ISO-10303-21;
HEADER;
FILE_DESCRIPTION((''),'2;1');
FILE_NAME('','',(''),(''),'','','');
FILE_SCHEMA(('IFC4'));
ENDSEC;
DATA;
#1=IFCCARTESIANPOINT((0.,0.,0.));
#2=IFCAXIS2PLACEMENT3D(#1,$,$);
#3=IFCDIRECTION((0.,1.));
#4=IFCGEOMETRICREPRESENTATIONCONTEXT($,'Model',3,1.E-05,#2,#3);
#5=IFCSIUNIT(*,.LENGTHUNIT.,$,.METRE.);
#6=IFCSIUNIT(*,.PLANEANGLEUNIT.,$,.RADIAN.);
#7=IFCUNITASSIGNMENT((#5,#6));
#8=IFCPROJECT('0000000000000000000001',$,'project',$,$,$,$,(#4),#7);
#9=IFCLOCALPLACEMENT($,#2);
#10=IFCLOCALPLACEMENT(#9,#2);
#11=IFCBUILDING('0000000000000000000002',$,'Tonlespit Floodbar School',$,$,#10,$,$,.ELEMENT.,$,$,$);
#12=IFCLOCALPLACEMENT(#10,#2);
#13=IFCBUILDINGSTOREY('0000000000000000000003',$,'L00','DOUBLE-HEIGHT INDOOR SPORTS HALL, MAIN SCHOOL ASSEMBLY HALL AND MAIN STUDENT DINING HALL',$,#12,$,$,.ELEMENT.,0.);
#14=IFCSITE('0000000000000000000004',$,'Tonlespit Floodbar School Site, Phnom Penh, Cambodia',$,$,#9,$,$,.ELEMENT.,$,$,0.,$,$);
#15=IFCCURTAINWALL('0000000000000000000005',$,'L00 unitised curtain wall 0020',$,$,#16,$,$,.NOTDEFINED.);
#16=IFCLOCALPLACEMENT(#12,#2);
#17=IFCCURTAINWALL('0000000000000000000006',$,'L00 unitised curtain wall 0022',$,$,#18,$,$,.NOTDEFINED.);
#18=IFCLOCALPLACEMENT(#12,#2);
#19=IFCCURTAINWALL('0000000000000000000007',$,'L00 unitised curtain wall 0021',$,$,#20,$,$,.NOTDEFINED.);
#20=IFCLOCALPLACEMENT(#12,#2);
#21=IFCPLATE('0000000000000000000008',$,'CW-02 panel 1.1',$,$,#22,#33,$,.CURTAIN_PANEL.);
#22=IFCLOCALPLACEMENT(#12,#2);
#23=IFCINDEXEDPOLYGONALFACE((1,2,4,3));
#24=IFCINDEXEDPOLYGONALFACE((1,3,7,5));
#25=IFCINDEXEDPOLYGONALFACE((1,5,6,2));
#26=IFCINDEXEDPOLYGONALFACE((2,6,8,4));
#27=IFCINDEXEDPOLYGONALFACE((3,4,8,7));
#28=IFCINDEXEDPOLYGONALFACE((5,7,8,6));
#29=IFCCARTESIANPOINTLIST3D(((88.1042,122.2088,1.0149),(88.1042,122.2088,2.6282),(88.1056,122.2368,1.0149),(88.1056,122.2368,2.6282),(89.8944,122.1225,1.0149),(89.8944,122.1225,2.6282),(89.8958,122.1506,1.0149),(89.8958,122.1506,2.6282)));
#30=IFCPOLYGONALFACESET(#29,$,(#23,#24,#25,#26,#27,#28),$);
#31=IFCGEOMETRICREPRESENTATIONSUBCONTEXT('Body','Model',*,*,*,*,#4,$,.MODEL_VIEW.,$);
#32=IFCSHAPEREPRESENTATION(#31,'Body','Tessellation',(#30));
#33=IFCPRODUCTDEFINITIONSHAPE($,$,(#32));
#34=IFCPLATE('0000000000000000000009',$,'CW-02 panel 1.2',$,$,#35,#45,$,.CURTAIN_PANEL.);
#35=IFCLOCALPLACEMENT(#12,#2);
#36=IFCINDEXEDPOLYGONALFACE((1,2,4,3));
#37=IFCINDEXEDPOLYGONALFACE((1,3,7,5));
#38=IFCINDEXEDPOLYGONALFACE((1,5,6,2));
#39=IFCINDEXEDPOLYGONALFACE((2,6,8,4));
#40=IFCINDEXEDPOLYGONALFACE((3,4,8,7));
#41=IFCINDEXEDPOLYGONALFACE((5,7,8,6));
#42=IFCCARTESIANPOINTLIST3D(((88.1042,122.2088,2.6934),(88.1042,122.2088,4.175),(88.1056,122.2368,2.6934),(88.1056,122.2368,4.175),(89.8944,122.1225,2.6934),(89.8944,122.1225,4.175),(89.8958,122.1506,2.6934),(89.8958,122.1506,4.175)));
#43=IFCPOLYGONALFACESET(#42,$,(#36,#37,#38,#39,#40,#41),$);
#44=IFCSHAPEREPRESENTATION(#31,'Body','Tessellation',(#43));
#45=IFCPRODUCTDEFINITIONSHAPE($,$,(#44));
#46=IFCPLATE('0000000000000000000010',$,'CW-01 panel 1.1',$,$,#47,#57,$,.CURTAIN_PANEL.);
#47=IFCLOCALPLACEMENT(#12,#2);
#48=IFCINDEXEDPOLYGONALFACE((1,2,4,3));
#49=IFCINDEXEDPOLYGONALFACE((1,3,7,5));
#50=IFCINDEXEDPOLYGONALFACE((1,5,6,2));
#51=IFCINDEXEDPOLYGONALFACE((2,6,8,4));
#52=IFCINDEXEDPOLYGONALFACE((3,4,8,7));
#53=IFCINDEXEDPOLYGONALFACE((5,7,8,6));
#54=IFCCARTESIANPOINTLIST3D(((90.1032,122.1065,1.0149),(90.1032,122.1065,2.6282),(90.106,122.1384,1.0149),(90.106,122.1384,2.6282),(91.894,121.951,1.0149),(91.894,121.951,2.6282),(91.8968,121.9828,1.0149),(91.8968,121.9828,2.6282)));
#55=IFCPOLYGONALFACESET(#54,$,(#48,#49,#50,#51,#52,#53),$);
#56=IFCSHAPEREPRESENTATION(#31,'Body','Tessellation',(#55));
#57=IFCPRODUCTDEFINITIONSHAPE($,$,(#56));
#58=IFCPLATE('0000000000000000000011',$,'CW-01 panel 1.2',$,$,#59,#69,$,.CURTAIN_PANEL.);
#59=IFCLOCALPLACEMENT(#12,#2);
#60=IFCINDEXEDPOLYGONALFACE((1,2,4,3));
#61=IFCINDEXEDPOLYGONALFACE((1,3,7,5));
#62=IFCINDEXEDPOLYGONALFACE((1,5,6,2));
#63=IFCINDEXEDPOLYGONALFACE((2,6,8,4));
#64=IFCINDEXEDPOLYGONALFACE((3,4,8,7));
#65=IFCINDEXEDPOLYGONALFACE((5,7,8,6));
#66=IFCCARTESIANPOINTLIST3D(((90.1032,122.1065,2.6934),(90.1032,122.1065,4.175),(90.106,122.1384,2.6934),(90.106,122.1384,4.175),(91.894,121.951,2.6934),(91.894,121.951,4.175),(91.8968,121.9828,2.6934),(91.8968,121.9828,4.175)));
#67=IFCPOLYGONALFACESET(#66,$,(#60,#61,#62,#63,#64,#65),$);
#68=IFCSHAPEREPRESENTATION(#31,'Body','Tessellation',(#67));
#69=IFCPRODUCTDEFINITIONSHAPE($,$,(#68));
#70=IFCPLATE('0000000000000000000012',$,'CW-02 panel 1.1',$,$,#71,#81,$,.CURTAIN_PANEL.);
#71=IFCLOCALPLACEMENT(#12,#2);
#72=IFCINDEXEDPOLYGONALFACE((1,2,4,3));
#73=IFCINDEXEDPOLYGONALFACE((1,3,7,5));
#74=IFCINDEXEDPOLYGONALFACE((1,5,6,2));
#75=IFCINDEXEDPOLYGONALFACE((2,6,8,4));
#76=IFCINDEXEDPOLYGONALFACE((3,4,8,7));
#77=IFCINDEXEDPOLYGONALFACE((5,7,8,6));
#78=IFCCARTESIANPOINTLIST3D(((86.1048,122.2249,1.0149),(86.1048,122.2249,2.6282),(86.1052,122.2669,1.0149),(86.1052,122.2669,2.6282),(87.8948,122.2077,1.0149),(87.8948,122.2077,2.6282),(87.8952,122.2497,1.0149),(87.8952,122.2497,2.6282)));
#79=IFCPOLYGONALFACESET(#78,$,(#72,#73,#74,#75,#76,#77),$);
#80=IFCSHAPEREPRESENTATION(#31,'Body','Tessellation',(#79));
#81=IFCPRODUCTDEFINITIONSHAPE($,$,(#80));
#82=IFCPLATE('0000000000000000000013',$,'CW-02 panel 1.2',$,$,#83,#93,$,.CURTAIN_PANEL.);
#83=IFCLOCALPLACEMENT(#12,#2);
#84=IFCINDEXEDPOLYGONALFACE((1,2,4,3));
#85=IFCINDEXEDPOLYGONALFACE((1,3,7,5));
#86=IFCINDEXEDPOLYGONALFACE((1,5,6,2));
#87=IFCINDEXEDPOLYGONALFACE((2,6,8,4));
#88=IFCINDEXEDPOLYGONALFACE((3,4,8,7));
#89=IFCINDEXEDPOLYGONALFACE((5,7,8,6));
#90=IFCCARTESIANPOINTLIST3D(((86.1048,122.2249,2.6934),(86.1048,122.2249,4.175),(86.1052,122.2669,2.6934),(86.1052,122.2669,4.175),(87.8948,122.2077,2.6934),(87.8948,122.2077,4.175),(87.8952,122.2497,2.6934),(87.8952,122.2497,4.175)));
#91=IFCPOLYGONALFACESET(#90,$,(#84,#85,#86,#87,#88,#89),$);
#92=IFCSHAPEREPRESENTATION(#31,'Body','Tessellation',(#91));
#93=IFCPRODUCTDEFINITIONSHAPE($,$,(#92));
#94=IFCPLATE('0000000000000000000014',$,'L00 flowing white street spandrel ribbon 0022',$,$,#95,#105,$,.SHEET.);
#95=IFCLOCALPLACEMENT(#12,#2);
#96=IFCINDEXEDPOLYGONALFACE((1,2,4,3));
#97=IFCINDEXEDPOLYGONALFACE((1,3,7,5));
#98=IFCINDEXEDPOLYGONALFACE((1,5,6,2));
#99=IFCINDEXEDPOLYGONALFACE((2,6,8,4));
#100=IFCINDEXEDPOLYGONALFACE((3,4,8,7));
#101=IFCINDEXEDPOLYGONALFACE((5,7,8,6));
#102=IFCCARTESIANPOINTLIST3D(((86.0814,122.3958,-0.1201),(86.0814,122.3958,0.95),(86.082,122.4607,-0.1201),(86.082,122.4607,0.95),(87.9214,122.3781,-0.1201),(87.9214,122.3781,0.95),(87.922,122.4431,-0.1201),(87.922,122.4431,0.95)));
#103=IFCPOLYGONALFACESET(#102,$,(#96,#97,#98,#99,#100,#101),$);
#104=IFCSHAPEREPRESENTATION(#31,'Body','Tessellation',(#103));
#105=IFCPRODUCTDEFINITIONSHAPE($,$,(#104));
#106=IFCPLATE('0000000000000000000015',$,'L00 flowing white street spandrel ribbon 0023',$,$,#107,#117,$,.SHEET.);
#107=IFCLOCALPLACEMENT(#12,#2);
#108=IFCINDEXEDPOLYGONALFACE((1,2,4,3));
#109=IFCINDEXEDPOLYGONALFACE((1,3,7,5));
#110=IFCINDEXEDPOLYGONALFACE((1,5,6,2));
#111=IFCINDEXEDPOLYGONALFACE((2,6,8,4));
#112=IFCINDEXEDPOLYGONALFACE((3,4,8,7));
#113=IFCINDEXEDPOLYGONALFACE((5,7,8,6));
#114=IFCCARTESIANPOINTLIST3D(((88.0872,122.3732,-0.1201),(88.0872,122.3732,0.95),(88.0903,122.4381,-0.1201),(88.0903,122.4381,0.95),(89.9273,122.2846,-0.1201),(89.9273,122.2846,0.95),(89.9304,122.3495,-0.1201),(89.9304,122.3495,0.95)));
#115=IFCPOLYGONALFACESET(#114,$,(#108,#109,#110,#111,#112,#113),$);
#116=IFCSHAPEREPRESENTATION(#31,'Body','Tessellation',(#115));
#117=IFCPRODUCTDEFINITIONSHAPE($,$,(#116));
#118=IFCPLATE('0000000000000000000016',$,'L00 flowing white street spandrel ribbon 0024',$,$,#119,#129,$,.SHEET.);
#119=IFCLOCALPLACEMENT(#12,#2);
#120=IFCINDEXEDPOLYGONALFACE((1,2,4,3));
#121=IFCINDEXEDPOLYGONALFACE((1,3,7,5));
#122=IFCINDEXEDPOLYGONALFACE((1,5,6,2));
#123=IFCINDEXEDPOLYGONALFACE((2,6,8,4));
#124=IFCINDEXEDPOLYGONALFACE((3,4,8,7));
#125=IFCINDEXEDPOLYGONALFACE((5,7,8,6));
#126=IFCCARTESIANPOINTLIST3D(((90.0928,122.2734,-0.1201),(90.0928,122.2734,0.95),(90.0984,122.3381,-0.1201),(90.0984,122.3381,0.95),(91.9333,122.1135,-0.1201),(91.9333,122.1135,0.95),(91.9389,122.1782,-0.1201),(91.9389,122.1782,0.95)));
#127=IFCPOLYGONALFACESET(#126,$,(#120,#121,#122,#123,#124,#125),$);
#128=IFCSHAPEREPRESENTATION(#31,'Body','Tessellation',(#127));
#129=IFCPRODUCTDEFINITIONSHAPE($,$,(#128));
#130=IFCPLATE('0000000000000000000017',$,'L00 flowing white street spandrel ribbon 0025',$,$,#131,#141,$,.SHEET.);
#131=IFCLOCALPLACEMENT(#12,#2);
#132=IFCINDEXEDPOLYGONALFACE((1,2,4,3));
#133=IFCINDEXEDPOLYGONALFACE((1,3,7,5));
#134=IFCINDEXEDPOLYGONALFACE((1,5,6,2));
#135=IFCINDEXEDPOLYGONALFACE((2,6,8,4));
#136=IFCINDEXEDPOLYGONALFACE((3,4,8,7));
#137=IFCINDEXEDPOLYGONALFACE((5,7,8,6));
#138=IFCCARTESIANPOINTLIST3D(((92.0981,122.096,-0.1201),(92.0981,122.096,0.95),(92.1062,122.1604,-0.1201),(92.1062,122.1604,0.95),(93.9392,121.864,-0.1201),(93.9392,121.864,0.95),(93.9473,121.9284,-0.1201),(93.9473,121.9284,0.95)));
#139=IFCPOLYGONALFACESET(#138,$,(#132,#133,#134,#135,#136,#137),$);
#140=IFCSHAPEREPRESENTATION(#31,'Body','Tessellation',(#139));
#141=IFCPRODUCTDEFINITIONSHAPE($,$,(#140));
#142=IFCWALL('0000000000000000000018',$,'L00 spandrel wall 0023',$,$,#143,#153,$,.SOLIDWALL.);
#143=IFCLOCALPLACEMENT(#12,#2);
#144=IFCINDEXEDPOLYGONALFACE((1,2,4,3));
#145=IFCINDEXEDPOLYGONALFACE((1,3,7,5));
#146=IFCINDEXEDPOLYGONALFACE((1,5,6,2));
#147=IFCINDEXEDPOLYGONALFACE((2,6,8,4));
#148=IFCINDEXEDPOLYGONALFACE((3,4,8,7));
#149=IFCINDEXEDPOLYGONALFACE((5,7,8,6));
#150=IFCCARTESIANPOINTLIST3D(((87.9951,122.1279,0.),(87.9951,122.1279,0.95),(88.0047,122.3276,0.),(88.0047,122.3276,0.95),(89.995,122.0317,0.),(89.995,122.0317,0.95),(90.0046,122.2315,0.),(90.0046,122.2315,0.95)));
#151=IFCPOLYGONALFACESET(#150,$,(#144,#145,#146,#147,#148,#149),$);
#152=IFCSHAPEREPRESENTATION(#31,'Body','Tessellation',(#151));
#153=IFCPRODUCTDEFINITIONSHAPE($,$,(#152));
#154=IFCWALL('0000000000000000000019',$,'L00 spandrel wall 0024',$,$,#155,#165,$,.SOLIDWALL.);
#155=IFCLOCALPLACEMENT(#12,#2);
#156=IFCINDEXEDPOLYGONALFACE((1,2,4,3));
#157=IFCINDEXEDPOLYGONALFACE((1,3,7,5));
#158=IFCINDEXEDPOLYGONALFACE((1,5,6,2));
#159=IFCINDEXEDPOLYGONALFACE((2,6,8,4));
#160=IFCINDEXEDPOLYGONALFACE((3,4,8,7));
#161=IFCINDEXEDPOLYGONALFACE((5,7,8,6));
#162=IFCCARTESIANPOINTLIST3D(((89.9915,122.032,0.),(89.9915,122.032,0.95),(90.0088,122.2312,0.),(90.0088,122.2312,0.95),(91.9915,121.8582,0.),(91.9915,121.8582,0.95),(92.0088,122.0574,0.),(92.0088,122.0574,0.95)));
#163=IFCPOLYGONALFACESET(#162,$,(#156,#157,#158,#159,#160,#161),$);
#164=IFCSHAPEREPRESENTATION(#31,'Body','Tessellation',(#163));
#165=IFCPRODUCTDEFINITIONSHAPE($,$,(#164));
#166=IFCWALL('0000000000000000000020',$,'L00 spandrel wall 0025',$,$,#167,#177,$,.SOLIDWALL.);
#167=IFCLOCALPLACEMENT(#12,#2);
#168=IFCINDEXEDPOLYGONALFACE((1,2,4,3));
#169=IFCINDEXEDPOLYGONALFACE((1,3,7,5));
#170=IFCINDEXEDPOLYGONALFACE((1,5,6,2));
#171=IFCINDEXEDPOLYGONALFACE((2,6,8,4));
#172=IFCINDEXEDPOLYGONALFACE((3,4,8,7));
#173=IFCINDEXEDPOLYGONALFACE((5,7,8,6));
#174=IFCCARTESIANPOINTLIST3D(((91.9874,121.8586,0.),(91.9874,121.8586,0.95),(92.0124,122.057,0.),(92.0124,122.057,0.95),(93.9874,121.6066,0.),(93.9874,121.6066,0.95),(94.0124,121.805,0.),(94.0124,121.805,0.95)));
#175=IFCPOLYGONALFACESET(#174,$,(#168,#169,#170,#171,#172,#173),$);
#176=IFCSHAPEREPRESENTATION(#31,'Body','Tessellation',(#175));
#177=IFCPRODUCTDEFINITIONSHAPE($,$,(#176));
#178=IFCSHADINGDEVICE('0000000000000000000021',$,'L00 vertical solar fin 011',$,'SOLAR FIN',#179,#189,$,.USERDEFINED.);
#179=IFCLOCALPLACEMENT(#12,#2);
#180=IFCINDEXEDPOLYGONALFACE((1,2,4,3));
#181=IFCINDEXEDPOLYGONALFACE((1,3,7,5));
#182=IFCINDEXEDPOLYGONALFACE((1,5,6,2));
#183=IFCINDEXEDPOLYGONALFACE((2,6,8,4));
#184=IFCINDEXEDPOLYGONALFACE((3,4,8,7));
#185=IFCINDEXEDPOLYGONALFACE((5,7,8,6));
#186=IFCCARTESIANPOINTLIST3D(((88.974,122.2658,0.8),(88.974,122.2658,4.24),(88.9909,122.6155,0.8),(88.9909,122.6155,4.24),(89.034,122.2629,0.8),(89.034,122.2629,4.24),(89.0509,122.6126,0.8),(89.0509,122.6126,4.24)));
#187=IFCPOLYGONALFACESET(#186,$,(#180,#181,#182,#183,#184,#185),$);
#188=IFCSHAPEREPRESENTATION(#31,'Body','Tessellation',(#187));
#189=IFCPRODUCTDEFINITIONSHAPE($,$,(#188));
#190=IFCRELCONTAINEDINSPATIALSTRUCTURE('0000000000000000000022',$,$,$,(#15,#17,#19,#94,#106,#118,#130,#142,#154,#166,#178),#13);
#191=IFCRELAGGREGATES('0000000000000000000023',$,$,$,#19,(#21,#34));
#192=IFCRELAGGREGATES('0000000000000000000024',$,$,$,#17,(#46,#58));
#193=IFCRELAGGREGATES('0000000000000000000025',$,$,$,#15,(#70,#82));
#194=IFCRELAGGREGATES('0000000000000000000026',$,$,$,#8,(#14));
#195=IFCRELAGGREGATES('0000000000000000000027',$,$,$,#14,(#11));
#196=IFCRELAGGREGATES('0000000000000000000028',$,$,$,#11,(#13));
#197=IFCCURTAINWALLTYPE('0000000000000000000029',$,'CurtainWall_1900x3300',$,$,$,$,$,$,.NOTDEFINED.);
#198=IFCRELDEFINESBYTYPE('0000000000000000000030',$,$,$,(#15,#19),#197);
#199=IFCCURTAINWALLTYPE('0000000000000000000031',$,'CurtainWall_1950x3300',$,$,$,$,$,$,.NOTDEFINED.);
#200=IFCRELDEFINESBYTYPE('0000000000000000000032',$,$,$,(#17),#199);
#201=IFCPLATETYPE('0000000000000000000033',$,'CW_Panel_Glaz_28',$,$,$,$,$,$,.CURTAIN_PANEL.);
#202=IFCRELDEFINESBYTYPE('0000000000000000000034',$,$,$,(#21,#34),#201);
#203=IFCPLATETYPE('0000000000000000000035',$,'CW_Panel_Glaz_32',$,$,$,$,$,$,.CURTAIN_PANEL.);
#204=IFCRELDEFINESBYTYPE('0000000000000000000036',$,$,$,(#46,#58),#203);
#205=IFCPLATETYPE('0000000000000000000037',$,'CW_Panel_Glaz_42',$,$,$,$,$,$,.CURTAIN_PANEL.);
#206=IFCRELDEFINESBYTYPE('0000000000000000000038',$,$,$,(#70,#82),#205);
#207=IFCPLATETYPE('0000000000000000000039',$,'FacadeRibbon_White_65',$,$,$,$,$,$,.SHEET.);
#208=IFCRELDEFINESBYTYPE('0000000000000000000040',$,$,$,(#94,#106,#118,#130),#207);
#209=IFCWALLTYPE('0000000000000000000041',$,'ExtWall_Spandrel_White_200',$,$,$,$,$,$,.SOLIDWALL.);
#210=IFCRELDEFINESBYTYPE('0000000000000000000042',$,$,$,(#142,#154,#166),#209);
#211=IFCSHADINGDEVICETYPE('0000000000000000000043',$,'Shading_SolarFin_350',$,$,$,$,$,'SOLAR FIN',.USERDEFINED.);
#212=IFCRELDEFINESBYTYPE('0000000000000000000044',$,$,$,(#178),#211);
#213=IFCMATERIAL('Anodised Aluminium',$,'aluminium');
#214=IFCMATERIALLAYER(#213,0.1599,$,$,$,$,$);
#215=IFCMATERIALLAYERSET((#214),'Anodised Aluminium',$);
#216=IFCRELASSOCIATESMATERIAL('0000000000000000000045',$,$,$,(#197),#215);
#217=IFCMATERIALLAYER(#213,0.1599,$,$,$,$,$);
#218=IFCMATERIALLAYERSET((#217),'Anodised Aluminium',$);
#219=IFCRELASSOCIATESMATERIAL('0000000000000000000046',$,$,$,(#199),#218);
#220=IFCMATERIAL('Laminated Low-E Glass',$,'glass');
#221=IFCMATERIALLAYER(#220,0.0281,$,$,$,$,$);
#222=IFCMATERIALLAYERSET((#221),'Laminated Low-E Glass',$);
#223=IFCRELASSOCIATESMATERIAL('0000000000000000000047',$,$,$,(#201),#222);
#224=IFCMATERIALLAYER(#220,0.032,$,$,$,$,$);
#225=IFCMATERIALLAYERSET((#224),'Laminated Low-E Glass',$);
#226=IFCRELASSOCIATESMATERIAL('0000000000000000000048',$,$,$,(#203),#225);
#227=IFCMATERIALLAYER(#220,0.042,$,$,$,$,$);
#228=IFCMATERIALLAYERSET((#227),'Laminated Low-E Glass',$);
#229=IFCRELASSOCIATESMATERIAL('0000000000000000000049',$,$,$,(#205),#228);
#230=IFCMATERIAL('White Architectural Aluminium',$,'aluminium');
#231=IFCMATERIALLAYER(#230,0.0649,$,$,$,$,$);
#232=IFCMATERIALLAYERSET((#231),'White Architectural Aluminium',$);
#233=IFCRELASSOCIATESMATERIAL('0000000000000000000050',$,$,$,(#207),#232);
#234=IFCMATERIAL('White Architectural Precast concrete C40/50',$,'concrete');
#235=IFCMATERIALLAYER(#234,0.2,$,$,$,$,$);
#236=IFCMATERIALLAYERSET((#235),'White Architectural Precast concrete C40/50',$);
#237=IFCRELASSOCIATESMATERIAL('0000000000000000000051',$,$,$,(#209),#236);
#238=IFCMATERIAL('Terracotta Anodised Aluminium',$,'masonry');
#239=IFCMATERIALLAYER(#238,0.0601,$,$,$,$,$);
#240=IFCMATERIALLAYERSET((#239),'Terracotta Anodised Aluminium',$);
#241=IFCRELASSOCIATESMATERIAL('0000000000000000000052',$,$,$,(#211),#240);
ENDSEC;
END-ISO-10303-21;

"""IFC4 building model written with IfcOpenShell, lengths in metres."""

from ifc_helpers import new_model, si_unit, direction, frame, frame_2d, origin, origin_2d, place, context, subcontext, project, spatial, rectangle, extrude, material, layer, layer_set, type_object, element, aggregate, save


model = new_model("IFC4")

# Units and contexts
model_context = context("Model", 3, precision=1e-05, world=origin(), true_north=direction((0.0, 1.0)))
body_context = subcontext(model_context, "Body", "Model", "MODEL_VIEW")
ifc_project = project(units=[si_unit("LENGTHUNIT", "METRE"), si_unit("PLANEANGLEUNIT", "RADIAN")], contexts=[model_context])

# Site, building, storey
site_placement = place(None, origin())
site = spatial("IfcSite", under=ifc_project, at=site_placement, Name="Tonlespit Floodbar School Site, Phnom Penh, Cambodia", CompositionType="ELEMENT", RefElevation=0.0)
building_placement = place(site_placement, origin())
building = spatial("IfcBuilding", under=site, at=building_placement, Name="Tonlespit Floodbar School", CompositionType="ELEMENT")
storey_placement = place(building_placement, origin())
storey = spatial("IfcBuildingStorey", under=building, at=storey_placement, Name="L00", Description="DOUBLE-HEIGHT INDOOR SPORTS HALL, MAIN SCHOOL ASSEMBLY HALL AND MAIN STUDENT DINING HALL", CompositionType="ELEMENT", Elevation=0.0)

# Curtain wall
ifc_material_1 = material(Name="Anodised Aluminium", Category="aluminium")
ifc_layer_1 = layer(ifc_material_1, 0.1599)
ifc_layer_set_1 = layer_set([ifc_layer_1], Name="Anodised Aluminium")
curtain_wall_type_1 = type_object("IfcCurtainWallType", Name="CurtainWall_1900x3300", PredefinedType="NOTDEFINED", material=ifc_layer_set_1)
curtain_wall_1_placement = place(storey_placement, origin())
curtain_wall_1 = element("IfcCurtainWall", 1, at=curtain_wall_1_placement, inside=storey, type_object=curtain_wall_type_1, Name="L00 unitised curtain wall 0020", PredefinedType="NOTDEFINED")

# Curtain walls
ifc_layer_2 = layer(ifc_material_1, 0.1599)
ifc_layer_set_2 = layer_set([ifc_layer_2], Name="Anodised Aluminium")
curtain_wall_type_2 = type_object("IfcCurtainWallType", Name="CurtainWall_1950x3300", PredefinedType="NOTDEFINED", material=ifc_layer_set_2)
curtain_wall_2_placement = place(storey_placement, origin())
curtain_wall_2 = element("IfcCurtainWall", 2, at=curtain_wall_2_placement, inside=storey, type_object=curtain_wall_type_2, Name="L00 unitised curtain wall 0022", PredefinedType="NOTDEFINED")
curtain_wall_3_placement = place(storey_placement, origin())
curtain_wall_3 = element("IfcCurtainWall", 3, at=curtain_wall_3_placement, inside=storey, type_object=curtain_wall_type_1, Name="L00 unitised curtain wall 0021", PredefinedType="NOTDEFINED")

# Plates
ifc_material_2 = material(Name="Laminated Low-E Glass", Category="glass")
ifc_layer_3 = layer(ifc_material_2, 0.0281)
ifc_layer_set_3 = layer_set([ifc_layer_3], Name="Laminated Low-E Glass")
plate_type_1 = type_object("IfcPlateType", Name="CW_Panel_Glaz_28", PredefinedType="CURTAIN_PANEL", material=ifc_layer_set_3)
plate_1_placement = place(storey_placement, frame((89.0, 122.1797, 1.0149), z_axis=(0.0, 0.0, 1.0), x_axis=(0.998842, -0.048121, 0.0)))
plate_1 = element("IfcPlate", 4, at=plate_1_placement, type_object=plate_type_1, Name="CW-02 panel 1.1", PredefinedType="CURTAIN_PANEL", context=body_context, shape_type="SweptSolid", body=[
    extrude(rectangle(XDim=1.7922, YDim=0.0281, at=origin_2d()), origin(), (0.0, 0.0, 1.0), 1.6133),
])
plate_2_placement = place(storey_placement, frame((89.0, 122.1797, 2.6934), z_axis=(0.0, 0.0, 1.0), x_axis=(0.998842, -0.048121, 0.0)))
plate_2 = element("IfcPlate", 5, at=plate_2_placement, type_object=plate_type_1, Name="CW-02 panel 1.2", PredefinedType="CURTAIN_PANEL", context=body_context, shape_type="SweptSolid", body=[
    extrude(rectangle(XDim=1.7922, YDim=0.0281, at=origin_2d()), origin(), (0.0, 0.0, 1.0), 1.4817),
])
aggregate(curtain_wall_3, [plate_1, plate_2])
ifc_layer_4 = layer(ifc_material_2, 0.032)
ifc_layer_set_4 = layer_set([ifc_layer_4], Name="Laminated Low-E Glass")
plate_type_2 = type_object("IfcPlateType", Name="CW_Panel_Glaz_32", PredefinedType="CURTAIN_PANEL", material=ifc_layer_set_4)
plate_3_placement = place(storey_placement, frame((91.0, 122.0447, 1.0149), z_axis=(0.0, 0.0, 1.0), x_axis=(0.996249, -0.086531, 0.0)))
plate_3 = element("IfcPlate", 6, at=plate_3_placement, type_object=plate_type_2, Name="CW-01 panel 1.1", PredefinedType="CURTAIN_PANEL", context=body_context, shape_type="SweptSolid", body=[
    extrude(rectangle(XDim=1.7976, YDim=0.032, at=origin_2d()), origin(), (0.0, 0.0, 1.0), 1.6133),
])
plate_4_placement = place(storey_placement, frame((91.0, 122.0447, 2.6934), z_axis=(0.0, 0.0, 1.0), x_axis=(0.996249, -0.086531, 0.0)))
plate_4 = element("IfcPlate", 7, at=plate_4_placement, type_object=plate_type_2, Name="CW-01 panel 1.2", PredefinedType="CURTAIN_PANEL", context=body_context, shape_type="SweptSolid", body=[
    extrude(rectangle(XDim=1.7976, YDim=0.032, at=origin_2d()), origin(), (0.0, 0.0, 1.0), 1.4817),
])
aggregate(curtain_wall_2, [plate_3, plate_4])
ifc_layer_5 = layer(ifc_material_2, 0.042)
ifc_layer_set_5 = layer_set([ifc_layer_5], Name="Laminated Low-E Glass")
plate_type_3 = type_object("IfcPlateType", Name="CW_Panel_Glaz_42", PredefinedType="CURTAIN_PANEL", material=ifc_layer_set_5)
plate_5_placement = place(storey_placement, frame((87.0, 122.2373, 1.0149), z_axis=(0.0, 0.0, 1.0), x_axis=(0.999954, -0.009583, 0.0)))
plate_5 = element("IfcPlate", 8, at=plate_5_placement, type_object=plate_type_3, Name="CW-02 panel 1.1", PredefinedType="CURTAIN_PANEL", context=body_context, shape_type="SweptSolid", body=[
    extrude(rectangle(XDim=1.79, YDim=0.042, at=origin_2d()), origin(), (0.0, 0.0, 1.0), 1.6133),
])
plate_6_placement = place(storey_placement, frame((87.0, 122.2373, 2.6934), z_axis=(0.0, 0.0, 1.0), x_axis=(0.999954, -0.009583, 0.0)))
plate_6 = element("IfcPlate", 9, at=plate_6_placement, type_object=plate_type_3, Name="CW-02 panel 1.2", PredefinedType="CURTAIN_PANEL", context=body_context, shape_type="SweptSolid", body=[
    extrude(rectangle(XDim=1.79, YDim=0.042, at=origin_2d()), origin(), (0.0, 0.0, 1.0), 1.4817),
])
aggregate(curtain_wall_1, [plate_5, plate_6])

# Plates
ifc_material_3 = material(Name="White Architectural Aluminium", Category="aluminium")
ifc_layer_6 = layer(ifc_material_3, 0.0649)
ifc_layer_set_6 = layer_set([ifc_layer_6], Name="White Architectural Aluminium")
plate_type_4 = type_object("IfcPlateType", Name="FacadeRibbon_White_65", PredefinedType="SHEET", material=ifc_layer_set_6)
plate_7_placement = place(storey_placement, frame((87.0017, 122.4194, -0.1201), z_axis=(0.0, 0.0, 1.0), x_axis=(0.999954, -0.009599, 0.0)))
element("IfcPlate", 10, at=plate_7_placement, inside=storey, type_object=plate_type_4, Name="L00 flowing white street spandrel ribbon 0022", PredefinedType="SHEET", context=body_context, shape_type="SweptSolid", body=[
    extrude(rectangle(XDim=1.8401, YDim=0.0649, at=origin_2d()), origin(), (0.0, 0.0, 1.0), 1.0701),
])
plate_8_placement = place(storey_placement, frame((89.0088, 122.3613, -0.1201), z_axis=(0.0, 0.0, 1.0), x_axis=(0.998843, -0.048095, 0.0)))
element("IfcPlate", 11, at=plate_8_placement, inside=storey, type_object=plate_type_4, Name="L00 flowing white street spandrel ribbon 0023", PredefinedType="SHEET", context=body_context, shape_type="SweptSolid", body=[
    extrude(rectangle(XDim=1.8423, YDim=0.0649, at=origin_2d()), origin(), (0.0, 0.0, 1.0), 1.0701),
])
plate_9_placement = place(storey_placement, frame((91.0159, 122.2258, -0.1201), z_axis=(0.0, 0.0, 1.0), x_axis=(0.996245, -0.086573, 0.0)))
element("IfcPlate", 12, at=plate_9_placement, inside=storey, type_object=plate_type_4, Name="L00 flowing white street spandrel ribbon 0024", PredefinedType="SHEET", context=body_context, shape_type="SweptSolid", body=[
    extrude(rectangle(XDim=1.8474, YDim=0.0649, at=origin_2d()), origin(), (0.0, 0.0, 1.0), 1.0701),
])
plate_10_placement = place(storey_placement, frame((93.0227, 122.0122, -0.1201), z_axis=(0.0, 0.0, 1.0), x_axis=(0.992155, -0.125011, 0.0)))
element("IfcPlate", 13, at=plate_10_placement, inside=storey, type_object=plate_type_4, Name="L00 flowing white street spandrel ribbon 0025", PredefinedType="SHEET", context=body_context, shape_type="SweptSolid", body=[
    extrude(rectangle(XDim=1.8557, YDim=0.0649, at=origin_2d()), origin(), (0.0, 0.0, 1.0), 1.0701),
])

# Walls
ifc_material_4 = material(Name="White Architectural Precast concrete C40/50", Category="concrete")
ifc_layer_7 = layer(ifc_material_4, 0.2)
ifc_layer_set_7 = layer_set([ifc_layer_7], Name="White Architectural Precast concrete C40/50")
wall_type = type_object("IfcWallType", Name="ExtWall_Spandrel_White_200", PredefinedType="SOLIDWALL", material=ifc_layer_set_7)
wall_1_placement = place(storey_placement, frame((88.0, 122.2278, 0.0), z_axis=(0.0, 0.0, 1.0), x_axis=(0.998845, -0.04804, 0.0)))
element("IfcWall", 14, at=wall_1_placement, inside=storey, type_object=wall_type, Name="L00 spandrel wall 0023", PredefinedType="SOLIDWALL", context=body_context, shape_type="SweptSolid", body=[
    extrude(rectangle(XDim=2.0022, YDim=0.2, at=frame_2d((1.001, 0.0))), origin(), (0.0, 0.0, 1.0), 0.95),
])
wall_2_placement = place(storey_placement, frame((90.0, 122.1316, 0.0), z_axis=(0.0, 0.0, 1.0), x_axis=(0.996244, -0.086588, 0.0)))
element("IfcWall", 15, at=wall_2_placement, inside=storey, type_object=wall_type, Name="L00 spandrel wall 0024", PredefinedType="SOLIDWALL", context=body_context, shape_type="SweptSolid", body=[
    extrude(rectangle(XDim=2.0076, YDim=0.2, at=frame_2d((1.0039, 0.0))), origin(), (0.0, 0.0, 1.0), 0.95),
])
wall_3_placement = place(storey_placement, frame((92.0, 121.9578, 0.0), z_axis=(0.0, 0.0, 1.0), x_axis=(0.992158, -0.124989, 0.0)))
element("IfcWall", 16, at=wall_3_placement, inside=storey, type_object=wall_type, Name="L00 spandrel wall 0025", PredefinedType="SOLIDWALL", context=body_context, shape_type="SweptSolid", body=[
    extrude(rectangle(XDim=2.0159, YDim=0.2, at=frame_2d((1.0078, 0.0))), origin(), (0.0, 0.0, 1.0), 0.95),
])

# Shading device
ifc_material_5 = material(Name="Terracotta Anodised Aluminium", Category="masonry")
ifc_layer_8 = layer(ifc_material_5, 0.0601)
ifc_layer_set_8 = layer_set([ifc_layer_8], Name="Terracotta Anodised Aluminium")
shading_device_type = type_object("IfcShadingDeviceType", Name="Shading_SolarFin_350", ElementType="SOLAR FIN", PredefinedType="USERDEFINED", material=ifc_layer_set_8)
for number, where, z_axis, x_axis, name in (
    (17, (89.0125, 122.4392, 0.8), (0.0, 0.0, 1.0), (0.998843, -0.048095, 0.0), "L00 vertical solar fin 011"),
):
    element("IfcShadingDevice", number, at=place(storey_placement, frame(where, z_axis=z_axis, x_axis=x_axis)), inside=storey, type_object=shading_device_type, Name=name, ObjectType="SOLAR FIN", PredefinedType="USERDEFINED", context=body_context, shape_type="SweptSolid", body=[
        extrude(rectangle(XDim=0.0601, YDim=0.3501, at=origin_2d()), origin(), (0.0, 0.0, 1.0), 3.4399),
    ])

save(model, "model.ifc")
